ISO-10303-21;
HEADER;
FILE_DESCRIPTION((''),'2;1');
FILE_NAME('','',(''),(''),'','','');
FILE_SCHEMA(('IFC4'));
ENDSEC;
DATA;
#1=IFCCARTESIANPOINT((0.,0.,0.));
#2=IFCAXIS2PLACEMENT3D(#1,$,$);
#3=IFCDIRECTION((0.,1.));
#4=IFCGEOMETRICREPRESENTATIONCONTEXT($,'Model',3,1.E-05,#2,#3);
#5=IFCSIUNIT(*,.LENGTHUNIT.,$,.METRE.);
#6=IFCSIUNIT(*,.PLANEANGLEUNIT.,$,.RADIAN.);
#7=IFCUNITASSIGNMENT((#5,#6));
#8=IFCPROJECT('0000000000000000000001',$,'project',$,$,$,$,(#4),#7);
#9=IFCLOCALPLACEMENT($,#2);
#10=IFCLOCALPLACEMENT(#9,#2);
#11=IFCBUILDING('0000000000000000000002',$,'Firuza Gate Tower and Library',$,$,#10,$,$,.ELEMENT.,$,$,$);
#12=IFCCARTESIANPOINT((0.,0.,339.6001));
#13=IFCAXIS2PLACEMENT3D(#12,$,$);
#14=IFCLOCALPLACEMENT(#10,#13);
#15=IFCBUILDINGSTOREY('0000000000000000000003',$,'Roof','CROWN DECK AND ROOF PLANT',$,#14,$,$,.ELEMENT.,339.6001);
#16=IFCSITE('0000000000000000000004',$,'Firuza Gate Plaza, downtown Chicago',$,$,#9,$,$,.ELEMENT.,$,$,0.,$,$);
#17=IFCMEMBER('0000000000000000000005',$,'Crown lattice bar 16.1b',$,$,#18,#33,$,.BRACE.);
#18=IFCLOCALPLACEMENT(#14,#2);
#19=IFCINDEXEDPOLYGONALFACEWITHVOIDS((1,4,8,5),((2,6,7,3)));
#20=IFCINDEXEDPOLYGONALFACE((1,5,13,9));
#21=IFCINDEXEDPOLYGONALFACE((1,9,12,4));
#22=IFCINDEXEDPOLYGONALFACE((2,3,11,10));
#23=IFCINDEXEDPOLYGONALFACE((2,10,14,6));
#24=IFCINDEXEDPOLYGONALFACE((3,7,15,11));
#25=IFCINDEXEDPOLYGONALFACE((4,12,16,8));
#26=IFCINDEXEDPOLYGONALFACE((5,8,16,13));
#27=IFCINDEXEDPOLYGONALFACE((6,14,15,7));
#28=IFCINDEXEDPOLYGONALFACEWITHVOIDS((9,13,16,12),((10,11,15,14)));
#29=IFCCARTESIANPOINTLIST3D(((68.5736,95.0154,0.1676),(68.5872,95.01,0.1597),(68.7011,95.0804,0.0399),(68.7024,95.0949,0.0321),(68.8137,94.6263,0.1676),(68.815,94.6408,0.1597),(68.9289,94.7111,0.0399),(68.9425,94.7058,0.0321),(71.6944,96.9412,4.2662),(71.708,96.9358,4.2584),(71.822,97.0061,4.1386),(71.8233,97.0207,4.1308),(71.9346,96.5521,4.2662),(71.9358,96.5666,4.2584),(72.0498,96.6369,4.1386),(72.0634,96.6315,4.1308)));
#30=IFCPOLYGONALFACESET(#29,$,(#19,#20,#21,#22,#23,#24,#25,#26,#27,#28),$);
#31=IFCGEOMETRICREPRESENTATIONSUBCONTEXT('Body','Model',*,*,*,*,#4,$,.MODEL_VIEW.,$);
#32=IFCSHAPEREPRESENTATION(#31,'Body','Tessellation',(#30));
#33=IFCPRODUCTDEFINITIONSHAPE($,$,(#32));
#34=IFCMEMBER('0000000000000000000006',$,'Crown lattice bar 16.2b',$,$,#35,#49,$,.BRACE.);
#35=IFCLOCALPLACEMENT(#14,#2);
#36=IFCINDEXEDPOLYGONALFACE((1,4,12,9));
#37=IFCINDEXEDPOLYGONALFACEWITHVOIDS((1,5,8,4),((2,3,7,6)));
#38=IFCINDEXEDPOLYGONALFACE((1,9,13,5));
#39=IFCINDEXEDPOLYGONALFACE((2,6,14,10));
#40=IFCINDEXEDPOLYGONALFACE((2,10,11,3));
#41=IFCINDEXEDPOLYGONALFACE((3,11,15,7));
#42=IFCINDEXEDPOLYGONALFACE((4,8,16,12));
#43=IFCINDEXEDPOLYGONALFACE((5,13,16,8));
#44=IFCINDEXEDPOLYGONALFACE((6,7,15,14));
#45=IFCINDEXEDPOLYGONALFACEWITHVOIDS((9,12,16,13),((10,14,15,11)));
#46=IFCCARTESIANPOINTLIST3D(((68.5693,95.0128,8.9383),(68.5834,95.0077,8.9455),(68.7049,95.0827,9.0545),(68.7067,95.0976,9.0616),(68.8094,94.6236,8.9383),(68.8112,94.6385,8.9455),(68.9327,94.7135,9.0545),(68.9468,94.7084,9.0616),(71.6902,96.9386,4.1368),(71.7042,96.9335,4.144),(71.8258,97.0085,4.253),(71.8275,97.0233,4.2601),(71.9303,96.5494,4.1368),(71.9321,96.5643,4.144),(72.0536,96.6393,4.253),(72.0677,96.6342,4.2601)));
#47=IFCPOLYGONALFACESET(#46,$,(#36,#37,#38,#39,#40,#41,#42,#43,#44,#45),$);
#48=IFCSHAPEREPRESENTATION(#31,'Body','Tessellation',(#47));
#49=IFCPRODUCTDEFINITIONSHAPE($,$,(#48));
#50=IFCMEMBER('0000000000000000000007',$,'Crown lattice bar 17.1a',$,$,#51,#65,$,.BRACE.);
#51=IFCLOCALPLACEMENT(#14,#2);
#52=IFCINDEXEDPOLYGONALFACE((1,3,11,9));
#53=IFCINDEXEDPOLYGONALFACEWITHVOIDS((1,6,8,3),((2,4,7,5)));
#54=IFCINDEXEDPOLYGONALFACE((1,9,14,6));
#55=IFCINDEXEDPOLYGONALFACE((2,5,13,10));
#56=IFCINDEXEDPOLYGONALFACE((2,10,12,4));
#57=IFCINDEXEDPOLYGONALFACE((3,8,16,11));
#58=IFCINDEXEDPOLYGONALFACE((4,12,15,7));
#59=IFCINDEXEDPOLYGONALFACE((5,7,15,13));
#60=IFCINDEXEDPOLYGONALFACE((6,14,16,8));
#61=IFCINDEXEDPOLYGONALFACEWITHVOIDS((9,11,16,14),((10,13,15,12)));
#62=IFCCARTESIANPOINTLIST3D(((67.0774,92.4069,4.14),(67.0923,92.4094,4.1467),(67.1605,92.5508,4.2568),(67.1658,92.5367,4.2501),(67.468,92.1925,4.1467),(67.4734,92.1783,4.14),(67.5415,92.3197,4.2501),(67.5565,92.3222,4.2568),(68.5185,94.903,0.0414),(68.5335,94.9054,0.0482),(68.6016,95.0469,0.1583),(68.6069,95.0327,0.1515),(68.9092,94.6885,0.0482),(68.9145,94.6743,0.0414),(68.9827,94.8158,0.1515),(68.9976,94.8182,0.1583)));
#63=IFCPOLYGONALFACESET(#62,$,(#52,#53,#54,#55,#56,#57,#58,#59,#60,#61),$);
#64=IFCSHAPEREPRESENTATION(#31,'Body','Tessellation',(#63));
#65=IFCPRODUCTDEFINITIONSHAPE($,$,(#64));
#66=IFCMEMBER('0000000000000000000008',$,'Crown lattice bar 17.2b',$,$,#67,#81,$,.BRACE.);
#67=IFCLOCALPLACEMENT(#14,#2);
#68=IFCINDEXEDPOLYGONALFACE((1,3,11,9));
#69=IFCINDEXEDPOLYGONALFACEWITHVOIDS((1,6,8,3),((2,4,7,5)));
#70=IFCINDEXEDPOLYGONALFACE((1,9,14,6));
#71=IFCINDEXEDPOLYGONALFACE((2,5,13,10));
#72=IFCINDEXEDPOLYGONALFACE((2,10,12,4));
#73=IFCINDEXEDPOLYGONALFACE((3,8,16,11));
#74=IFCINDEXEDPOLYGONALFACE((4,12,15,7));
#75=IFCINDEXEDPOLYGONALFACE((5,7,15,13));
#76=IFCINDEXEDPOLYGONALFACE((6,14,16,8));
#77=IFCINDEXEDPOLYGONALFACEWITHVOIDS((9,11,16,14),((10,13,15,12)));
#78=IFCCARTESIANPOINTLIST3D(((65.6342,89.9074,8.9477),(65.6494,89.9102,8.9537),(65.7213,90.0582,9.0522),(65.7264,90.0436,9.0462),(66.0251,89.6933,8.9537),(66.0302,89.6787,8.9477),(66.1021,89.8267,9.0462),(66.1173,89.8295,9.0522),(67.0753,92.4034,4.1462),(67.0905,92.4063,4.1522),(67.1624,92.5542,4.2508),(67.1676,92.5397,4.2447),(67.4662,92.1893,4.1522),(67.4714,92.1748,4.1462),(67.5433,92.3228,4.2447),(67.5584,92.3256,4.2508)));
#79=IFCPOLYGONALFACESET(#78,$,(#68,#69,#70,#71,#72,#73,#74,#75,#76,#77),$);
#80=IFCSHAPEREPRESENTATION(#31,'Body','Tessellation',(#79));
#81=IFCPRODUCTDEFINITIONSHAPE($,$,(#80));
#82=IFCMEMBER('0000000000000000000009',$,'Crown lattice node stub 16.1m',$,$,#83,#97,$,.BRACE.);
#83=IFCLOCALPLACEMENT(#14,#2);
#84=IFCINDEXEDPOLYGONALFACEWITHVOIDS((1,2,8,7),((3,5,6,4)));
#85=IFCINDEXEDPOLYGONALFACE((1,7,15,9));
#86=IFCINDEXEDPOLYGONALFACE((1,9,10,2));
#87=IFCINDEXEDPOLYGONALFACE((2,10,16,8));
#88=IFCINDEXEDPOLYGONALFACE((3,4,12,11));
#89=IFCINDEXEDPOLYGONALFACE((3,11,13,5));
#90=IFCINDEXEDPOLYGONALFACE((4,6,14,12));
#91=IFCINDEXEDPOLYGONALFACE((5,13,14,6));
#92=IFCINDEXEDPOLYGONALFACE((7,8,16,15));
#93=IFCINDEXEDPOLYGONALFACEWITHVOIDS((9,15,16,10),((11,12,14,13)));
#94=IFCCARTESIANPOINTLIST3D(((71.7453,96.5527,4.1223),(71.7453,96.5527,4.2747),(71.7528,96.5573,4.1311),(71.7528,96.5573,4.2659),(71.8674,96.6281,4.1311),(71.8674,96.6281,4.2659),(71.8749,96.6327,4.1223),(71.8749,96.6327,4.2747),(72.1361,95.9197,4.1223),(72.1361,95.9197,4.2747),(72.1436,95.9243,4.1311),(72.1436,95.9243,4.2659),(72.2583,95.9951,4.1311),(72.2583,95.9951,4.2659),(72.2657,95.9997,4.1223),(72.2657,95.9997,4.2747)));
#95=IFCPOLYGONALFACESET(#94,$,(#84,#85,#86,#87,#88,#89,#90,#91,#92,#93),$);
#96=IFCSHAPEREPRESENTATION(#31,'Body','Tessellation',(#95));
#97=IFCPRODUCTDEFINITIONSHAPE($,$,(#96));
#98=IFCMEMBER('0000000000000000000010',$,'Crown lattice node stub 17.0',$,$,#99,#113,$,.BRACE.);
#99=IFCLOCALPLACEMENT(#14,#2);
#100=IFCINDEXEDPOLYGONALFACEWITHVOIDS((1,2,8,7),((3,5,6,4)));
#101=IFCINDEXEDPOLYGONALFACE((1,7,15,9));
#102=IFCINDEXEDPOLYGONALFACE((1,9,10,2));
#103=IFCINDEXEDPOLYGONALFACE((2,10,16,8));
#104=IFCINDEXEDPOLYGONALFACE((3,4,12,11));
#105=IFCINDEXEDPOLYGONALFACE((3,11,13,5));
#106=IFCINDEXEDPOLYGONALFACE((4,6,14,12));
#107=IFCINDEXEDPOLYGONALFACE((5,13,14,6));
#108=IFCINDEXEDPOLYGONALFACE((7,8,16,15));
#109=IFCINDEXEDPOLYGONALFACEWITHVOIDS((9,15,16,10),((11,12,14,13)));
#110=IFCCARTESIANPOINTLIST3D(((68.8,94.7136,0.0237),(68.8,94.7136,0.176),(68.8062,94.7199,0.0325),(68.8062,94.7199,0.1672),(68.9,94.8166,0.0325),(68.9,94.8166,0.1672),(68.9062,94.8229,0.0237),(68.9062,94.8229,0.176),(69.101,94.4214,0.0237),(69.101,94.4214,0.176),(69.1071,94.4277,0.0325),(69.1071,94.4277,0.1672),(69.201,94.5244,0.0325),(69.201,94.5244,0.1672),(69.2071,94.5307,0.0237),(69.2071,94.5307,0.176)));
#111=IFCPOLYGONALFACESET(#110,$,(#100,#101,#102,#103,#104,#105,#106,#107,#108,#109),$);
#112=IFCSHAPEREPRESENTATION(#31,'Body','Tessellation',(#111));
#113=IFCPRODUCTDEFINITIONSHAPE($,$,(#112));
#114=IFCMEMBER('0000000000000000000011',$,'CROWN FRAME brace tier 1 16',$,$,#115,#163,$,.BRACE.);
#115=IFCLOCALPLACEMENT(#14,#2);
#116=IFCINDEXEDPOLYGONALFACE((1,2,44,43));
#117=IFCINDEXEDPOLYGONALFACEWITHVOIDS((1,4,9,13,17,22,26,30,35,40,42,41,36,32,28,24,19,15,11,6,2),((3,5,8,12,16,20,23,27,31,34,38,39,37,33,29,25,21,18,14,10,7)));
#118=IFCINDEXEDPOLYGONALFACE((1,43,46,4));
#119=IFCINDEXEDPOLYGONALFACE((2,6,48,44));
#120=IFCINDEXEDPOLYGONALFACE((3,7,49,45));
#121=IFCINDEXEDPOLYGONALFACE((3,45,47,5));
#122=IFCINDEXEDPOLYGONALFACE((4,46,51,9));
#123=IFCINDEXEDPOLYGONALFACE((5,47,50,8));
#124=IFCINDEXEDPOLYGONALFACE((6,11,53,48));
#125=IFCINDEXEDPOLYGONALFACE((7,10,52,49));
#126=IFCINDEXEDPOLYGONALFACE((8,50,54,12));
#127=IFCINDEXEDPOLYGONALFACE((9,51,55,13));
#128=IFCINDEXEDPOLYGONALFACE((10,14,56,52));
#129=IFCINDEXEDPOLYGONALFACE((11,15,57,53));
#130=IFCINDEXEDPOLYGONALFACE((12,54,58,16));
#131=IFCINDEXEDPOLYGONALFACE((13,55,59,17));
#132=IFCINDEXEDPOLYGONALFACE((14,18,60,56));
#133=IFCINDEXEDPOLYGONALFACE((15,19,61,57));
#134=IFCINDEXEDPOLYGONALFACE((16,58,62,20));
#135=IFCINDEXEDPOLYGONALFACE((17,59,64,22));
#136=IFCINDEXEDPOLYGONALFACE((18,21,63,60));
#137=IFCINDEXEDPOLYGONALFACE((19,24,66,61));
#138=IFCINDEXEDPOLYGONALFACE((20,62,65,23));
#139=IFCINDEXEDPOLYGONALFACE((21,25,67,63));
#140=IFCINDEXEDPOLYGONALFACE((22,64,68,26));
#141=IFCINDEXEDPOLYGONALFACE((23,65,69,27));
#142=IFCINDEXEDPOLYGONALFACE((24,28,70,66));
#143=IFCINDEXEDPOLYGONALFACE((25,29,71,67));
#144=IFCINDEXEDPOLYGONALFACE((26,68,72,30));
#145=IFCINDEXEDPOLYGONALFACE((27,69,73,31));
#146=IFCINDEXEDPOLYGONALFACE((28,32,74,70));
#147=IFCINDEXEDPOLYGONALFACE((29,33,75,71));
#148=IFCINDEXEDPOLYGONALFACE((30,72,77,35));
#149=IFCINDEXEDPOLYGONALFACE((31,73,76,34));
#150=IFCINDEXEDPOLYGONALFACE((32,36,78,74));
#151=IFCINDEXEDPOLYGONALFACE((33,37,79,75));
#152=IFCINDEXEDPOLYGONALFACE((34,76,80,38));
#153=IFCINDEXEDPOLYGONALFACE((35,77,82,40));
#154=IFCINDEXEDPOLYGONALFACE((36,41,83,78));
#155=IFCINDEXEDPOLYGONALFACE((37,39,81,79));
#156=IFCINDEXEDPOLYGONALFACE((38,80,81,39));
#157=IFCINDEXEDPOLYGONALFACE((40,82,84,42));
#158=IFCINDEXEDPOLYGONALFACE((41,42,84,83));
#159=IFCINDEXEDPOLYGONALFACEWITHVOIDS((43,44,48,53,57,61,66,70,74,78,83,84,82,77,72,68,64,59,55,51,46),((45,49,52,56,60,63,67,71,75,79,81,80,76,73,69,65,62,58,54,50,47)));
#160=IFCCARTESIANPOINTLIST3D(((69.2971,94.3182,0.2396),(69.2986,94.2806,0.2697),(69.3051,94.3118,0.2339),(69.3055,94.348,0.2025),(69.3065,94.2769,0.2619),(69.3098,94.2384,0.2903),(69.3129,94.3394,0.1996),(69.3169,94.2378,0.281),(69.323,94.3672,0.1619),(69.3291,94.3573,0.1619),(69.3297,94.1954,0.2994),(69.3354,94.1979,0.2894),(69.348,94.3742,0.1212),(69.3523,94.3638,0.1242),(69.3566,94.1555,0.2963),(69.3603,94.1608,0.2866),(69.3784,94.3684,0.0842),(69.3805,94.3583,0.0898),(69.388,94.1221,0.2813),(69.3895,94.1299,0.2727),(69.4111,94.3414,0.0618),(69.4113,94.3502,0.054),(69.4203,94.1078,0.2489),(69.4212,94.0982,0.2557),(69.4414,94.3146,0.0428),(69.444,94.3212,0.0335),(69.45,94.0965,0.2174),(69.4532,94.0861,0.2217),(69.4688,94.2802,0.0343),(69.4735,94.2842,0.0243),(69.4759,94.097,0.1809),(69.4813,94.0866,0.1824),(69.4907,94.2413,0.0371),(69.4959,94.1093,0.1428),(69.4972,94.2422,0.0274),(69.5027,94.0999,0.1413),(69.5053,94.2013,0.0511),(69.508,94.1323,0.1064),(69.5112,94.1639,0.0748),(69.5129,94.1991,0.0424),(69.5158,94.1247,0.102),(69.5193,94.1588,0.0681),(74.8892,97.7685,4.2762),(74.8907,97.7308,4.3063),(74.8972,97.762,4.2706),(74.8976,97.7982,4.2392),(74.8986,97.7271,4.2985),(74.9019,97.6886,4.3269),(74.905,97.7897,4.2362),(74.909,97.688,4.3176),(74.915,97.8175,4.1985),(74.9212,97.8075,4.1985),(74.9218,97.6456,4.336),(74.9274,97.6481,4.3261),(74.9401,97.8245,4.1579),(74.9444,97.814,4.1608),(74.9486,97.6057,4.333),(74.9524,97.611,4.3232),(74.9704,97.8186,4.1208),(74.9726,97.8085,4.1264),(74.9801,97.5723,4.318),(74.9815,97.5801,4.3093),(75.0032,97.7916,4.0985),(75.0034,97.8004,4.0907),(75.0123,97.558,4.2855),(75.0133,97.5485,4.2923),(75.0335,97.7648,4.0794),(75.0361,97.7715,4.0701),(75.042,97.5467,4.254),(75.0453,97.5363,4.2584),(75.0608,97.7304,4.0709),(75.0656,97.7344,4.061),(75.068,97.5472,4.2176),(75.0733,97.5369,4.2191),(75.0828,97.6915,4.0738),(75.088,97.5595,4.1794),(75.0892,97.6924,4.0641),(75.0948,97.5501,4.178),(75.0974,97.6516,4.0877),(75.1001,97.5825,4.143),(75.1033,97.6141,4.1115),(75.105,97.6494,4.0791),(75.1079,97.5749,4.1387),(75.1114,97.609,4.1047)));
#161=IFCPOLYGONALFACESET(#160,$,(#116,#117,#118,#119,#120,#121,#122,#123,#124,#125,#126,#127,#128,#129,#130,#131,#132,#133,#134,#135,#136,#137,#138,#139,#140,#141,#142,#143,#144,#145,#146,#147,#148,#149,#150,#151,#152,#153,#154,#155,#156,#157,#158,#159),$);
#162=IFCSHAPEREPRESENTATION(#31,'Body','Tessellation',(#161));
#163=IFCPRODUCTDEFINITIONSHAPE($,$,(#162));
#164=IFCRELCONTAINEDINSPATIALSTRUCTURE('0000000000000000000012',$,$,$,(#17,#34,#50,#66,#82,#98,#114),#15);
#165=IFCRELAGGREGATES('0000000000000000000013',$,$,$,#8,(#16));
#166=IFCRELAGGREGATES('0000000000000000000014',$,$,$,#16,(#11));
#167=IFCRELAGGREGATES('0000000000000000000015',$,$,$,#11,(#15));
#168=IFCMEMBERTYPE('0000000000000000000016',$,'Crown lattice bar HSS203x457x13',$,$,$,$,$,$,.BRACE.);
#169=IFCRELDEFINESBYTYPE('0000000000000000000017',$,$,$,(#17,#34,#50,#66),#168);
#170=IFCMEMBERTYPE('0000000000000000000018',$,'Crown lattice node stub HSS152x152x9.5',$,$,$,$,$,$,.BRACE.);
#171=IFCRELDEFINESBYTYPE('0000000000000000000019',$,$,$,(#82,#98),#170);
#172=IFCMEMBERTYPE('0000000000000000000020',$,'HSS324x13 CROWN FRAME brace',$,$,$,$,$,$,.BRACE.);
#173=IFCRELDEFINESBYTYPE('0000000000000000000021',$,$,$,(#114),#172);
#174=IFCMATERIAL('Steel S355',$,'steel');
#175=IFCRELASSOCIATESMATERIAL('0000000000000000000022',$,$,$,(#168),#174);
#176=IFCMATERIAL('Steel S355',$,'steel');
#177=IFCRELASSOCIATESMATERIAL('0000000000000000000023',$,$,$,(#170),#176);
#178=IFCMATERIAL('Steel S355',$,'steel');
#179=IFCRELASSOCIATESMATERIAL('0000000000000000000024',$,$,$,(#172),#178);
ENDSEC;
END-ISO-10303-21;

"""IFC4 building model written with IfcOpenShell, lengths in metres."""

from ifc_helpers import new_model, si_unit, direction, frame, origin, origin_2d, place, context, subcontext, project, spatial, hollow_rectangle, hollow_circle, extrude, material, material_profile, profile_set, type_object, element, save


model = new_model("IFC4")

# Units and contexts
model_context = context("Model", 3, precision=1e-05, world=origin(), true_north=direction((0.0, 1.0)))
body_context = subcontext(model_context, "Body", "Model", "MODEL_VIEW")
ifc_project = project(units=[si_unit("LENGTHUNIT", "METRE"), si_unit("PLANEANGLEUNIT", "RADIAN")], contexts=[model_context])

# Site, building, storey
site_placement = place(None, origin())
site = spatial("IfcSite", under=ifc_project, at=site_placement, Name="Firuza Gate Plaza, downtown Chicago", CompositionType="ELEMENT", RefElevation=0.0)
building_placement = place(site_placement, origin())
building = spatial("IfcBuilding", under=site, at=building_placement, Name="Firuza Gate Tower and Library", CompositionType="ELEMENT")
storey_placement = place(building_placement, frame((0.0, 0.0, 339.6001)))
storey = spatial("IfcBuildingStorey", under=building, at=storey_placement, Name="Roof", Description="CROWN DECK AND ROOF PLANT", CompositionType="ELEMENT", Elevation=339.6001)

# Members
ifc_material_1 = material(Name="Steel S355", Category="steel")
ifc_material_profile_1 = material_profile(ifc_material_1, hollow_rectangle(XDim=0.4573, YDim=0.2031, WallThickness=0.0117, at=origin_2d()))
ifc_profile_set_1 = profile_set([ifc_material_profile_1], Name="Steel S355")
member_type_1 = type_object("IfcMemberType", Name="Crown lattice bar HSS203x457x13", PredefinedType="BRACE", material=ifc_profile_set_1)
member_1_placement = place(storey_placement, frame((71.8789, 96.7864, 4.1985), z_axis=(-0.567454, -0.350159, -0.745241), x_axis=(0.525137, -0.851018, 0.0)))
element("IfcMember", 1, at=member_1_placement, inside=storey, type_object=member_type_1, Name="Crown lattice bar 16.1b", PredefinedType="BRACE", context=body_context, shape_type="SweptSolid", body=[
    extrude(hollow_rectangle(XDim=0.4573, YDim=0.2031, WallThickness=0.0117, at=origin_2d()), origin(), (0.0, 0.0, 1.0), 5.4998),
])
member_2_placement = place(storey_placement, frame((71.8789, 96.7864, 4.1985), z_axis=(-0.516546, -0.318745, 0.794721), x_axis=(0.525137, -0.851018, 0.0)))
element("IfcMember", 2, at=member_2_placement, inside=storey, type_object=member_type_1, Name="Crown lattice bar 16.2b", PredefinedType="BRACE", context=body_context, shape_type="SweptSolid", body=[
    extrude(hollow_rectangle(XDim=0.4573, YDim=0.2031, WallThickness=0.0117, at=origin_2d()), origin(), (0.0, 0.0, 1.0), 6.0417),
])
member_3_placement = place(storey_placement, frame((68.7581, 94.8606, 0.0999), z_axis=(-0.287622, -0.498162, 0.817991), x_axis=(0.866019, -0.500011, 0.0)))
element("IfcMember", 3, at=member_3_placement, inside=storey, type_object=member_type_1, Name="Crown lattice bar 17.1a", PredefinedType="BRACE", context=body_context, shape_type="SweptSolid", body=[
    extrude(hollow_rectangle(XDim=0.4573, YDim=0.2031, WallThickness=0.0117, at=origin_2d()), origin(), (0.0, 0.0, 1.0), 5.0105),
])
member_4_placement = place(storey_placement, frame((67.3169, 92.3645, 4.1985), z_axis=(-0.257342, -0.445717, 0.857386), x_axis=(0.866019, -0.500011, 0.0)))
element("IfcMember", 4, at=member_4_placement, inside=storey, type_object=member_type_1, Name="Crown lattice bar 17.2b", PredefinedType="BRACE", context=body_context, shape_type="SweptSolid", body=[
    extrude(hollow_rectangle(XDim=0.4573, YDim=0.2031, WallThickness=0.0117, at=origin_2d()), origin(), (0.0, 0.0, 1.0), 5.6001),
])
ifc_material_2 = material(Name="Steel S355", Category="steel")
ifc_material_profile_2 = material_profile(ifc_material_2, hollow_rectangle(XDim=0.1523, YDim=0.1523, WallThickness=0.0088, at=origin_2d()))
ifc_profile_set_2 = profile_set([ifc_material_profile_2], Name="Steel S355")
member_type_2 = type_object("IfcMemberType", Name="Crown lattice node stub HSS152x152x9.5", PredefinedType="BRACE", material=ifc_profile_set_2)
member_5_placement = place(storey_placement, frame((72.2009, 95.9597, 4.1985), z_axis=(-0.52536, 0.85088, 0.0), x_axis=(-0.85088, -0.52536, 0.0)))
element("IfcMember", 5, at=member_5_placement, inside=storey, type_object=member_type_2, Name="Crown lattice node stub 16.1m", PredefinedType="BRACE", context=body_context, shape_type="SweptSolid", body=[
    extrude(hollow_rectangle(XDim=0.1523, YDim=0.1523, WallThickness=0.0088, at=origin_2d()), origin(), (0.0, 0.0, 1.0), 0.7439),
])
member_6_placement = place(storey_placement, frame((69.1541, 94.4761, 0.0999), z_axis=(-0.717504, 0.696555, 0.0), x_axis=(-0.696555, -0.717504, 0.0)))
element("IfcMember", 6, at=member_6_placement, inside=storey, type_object=member_type_2, Name="Crown lattice node stub 17.0", PredefinedType="BRACE", context=body_context, shape_type="SweptSolid", body=[
    extrude(hollow_rectangle(XDim=0.1523, YDim=0.1523, WallThickness=0.0088, at=origin_2d()), origin(), (0.0, 0.0, 1.0), 0.4194),
])
ifc_material_3 = material(Name="Steel S355", Category="steel")
ifc_material_profile_3 = material_profile(ifc_material_3, hollow_circle(Radius=0.1619, WallThickness=0.0117, at=origin_2d()))
ifc_profile_set_3 = profile_set([ifc_material_profile_3], Name="Steel S355")
member_type_3 = type_object("IfcMemberType", Name="HSS324x13 CROWN FRAME brace", PredefinedType="BRACE", material=ifc_profile_set_3)
member_7_placement = place(storey_placement, frame((69.408, 94.2295, 0.1619), z_axis=(0.725145, 0.447402, 0.523447), x_axis=(-0.525084, 0.85105, 0.0)))
element("IfcMember", 7, at=member_7_placement, inside=storey, type_object=member_type_3, Name="CROWN FRAME brace tier 1 16", PredefinedType="BRACE", context=body_context, shape_type="SweptSolid", body=[
    extrude(hollow_circle(Radius=0.1619, WallThickness=0.0117, at=origin_2d()), origin(), (0.0, 0.0, 1.0), 7.7117),
])

save(model, "model.ifc")
